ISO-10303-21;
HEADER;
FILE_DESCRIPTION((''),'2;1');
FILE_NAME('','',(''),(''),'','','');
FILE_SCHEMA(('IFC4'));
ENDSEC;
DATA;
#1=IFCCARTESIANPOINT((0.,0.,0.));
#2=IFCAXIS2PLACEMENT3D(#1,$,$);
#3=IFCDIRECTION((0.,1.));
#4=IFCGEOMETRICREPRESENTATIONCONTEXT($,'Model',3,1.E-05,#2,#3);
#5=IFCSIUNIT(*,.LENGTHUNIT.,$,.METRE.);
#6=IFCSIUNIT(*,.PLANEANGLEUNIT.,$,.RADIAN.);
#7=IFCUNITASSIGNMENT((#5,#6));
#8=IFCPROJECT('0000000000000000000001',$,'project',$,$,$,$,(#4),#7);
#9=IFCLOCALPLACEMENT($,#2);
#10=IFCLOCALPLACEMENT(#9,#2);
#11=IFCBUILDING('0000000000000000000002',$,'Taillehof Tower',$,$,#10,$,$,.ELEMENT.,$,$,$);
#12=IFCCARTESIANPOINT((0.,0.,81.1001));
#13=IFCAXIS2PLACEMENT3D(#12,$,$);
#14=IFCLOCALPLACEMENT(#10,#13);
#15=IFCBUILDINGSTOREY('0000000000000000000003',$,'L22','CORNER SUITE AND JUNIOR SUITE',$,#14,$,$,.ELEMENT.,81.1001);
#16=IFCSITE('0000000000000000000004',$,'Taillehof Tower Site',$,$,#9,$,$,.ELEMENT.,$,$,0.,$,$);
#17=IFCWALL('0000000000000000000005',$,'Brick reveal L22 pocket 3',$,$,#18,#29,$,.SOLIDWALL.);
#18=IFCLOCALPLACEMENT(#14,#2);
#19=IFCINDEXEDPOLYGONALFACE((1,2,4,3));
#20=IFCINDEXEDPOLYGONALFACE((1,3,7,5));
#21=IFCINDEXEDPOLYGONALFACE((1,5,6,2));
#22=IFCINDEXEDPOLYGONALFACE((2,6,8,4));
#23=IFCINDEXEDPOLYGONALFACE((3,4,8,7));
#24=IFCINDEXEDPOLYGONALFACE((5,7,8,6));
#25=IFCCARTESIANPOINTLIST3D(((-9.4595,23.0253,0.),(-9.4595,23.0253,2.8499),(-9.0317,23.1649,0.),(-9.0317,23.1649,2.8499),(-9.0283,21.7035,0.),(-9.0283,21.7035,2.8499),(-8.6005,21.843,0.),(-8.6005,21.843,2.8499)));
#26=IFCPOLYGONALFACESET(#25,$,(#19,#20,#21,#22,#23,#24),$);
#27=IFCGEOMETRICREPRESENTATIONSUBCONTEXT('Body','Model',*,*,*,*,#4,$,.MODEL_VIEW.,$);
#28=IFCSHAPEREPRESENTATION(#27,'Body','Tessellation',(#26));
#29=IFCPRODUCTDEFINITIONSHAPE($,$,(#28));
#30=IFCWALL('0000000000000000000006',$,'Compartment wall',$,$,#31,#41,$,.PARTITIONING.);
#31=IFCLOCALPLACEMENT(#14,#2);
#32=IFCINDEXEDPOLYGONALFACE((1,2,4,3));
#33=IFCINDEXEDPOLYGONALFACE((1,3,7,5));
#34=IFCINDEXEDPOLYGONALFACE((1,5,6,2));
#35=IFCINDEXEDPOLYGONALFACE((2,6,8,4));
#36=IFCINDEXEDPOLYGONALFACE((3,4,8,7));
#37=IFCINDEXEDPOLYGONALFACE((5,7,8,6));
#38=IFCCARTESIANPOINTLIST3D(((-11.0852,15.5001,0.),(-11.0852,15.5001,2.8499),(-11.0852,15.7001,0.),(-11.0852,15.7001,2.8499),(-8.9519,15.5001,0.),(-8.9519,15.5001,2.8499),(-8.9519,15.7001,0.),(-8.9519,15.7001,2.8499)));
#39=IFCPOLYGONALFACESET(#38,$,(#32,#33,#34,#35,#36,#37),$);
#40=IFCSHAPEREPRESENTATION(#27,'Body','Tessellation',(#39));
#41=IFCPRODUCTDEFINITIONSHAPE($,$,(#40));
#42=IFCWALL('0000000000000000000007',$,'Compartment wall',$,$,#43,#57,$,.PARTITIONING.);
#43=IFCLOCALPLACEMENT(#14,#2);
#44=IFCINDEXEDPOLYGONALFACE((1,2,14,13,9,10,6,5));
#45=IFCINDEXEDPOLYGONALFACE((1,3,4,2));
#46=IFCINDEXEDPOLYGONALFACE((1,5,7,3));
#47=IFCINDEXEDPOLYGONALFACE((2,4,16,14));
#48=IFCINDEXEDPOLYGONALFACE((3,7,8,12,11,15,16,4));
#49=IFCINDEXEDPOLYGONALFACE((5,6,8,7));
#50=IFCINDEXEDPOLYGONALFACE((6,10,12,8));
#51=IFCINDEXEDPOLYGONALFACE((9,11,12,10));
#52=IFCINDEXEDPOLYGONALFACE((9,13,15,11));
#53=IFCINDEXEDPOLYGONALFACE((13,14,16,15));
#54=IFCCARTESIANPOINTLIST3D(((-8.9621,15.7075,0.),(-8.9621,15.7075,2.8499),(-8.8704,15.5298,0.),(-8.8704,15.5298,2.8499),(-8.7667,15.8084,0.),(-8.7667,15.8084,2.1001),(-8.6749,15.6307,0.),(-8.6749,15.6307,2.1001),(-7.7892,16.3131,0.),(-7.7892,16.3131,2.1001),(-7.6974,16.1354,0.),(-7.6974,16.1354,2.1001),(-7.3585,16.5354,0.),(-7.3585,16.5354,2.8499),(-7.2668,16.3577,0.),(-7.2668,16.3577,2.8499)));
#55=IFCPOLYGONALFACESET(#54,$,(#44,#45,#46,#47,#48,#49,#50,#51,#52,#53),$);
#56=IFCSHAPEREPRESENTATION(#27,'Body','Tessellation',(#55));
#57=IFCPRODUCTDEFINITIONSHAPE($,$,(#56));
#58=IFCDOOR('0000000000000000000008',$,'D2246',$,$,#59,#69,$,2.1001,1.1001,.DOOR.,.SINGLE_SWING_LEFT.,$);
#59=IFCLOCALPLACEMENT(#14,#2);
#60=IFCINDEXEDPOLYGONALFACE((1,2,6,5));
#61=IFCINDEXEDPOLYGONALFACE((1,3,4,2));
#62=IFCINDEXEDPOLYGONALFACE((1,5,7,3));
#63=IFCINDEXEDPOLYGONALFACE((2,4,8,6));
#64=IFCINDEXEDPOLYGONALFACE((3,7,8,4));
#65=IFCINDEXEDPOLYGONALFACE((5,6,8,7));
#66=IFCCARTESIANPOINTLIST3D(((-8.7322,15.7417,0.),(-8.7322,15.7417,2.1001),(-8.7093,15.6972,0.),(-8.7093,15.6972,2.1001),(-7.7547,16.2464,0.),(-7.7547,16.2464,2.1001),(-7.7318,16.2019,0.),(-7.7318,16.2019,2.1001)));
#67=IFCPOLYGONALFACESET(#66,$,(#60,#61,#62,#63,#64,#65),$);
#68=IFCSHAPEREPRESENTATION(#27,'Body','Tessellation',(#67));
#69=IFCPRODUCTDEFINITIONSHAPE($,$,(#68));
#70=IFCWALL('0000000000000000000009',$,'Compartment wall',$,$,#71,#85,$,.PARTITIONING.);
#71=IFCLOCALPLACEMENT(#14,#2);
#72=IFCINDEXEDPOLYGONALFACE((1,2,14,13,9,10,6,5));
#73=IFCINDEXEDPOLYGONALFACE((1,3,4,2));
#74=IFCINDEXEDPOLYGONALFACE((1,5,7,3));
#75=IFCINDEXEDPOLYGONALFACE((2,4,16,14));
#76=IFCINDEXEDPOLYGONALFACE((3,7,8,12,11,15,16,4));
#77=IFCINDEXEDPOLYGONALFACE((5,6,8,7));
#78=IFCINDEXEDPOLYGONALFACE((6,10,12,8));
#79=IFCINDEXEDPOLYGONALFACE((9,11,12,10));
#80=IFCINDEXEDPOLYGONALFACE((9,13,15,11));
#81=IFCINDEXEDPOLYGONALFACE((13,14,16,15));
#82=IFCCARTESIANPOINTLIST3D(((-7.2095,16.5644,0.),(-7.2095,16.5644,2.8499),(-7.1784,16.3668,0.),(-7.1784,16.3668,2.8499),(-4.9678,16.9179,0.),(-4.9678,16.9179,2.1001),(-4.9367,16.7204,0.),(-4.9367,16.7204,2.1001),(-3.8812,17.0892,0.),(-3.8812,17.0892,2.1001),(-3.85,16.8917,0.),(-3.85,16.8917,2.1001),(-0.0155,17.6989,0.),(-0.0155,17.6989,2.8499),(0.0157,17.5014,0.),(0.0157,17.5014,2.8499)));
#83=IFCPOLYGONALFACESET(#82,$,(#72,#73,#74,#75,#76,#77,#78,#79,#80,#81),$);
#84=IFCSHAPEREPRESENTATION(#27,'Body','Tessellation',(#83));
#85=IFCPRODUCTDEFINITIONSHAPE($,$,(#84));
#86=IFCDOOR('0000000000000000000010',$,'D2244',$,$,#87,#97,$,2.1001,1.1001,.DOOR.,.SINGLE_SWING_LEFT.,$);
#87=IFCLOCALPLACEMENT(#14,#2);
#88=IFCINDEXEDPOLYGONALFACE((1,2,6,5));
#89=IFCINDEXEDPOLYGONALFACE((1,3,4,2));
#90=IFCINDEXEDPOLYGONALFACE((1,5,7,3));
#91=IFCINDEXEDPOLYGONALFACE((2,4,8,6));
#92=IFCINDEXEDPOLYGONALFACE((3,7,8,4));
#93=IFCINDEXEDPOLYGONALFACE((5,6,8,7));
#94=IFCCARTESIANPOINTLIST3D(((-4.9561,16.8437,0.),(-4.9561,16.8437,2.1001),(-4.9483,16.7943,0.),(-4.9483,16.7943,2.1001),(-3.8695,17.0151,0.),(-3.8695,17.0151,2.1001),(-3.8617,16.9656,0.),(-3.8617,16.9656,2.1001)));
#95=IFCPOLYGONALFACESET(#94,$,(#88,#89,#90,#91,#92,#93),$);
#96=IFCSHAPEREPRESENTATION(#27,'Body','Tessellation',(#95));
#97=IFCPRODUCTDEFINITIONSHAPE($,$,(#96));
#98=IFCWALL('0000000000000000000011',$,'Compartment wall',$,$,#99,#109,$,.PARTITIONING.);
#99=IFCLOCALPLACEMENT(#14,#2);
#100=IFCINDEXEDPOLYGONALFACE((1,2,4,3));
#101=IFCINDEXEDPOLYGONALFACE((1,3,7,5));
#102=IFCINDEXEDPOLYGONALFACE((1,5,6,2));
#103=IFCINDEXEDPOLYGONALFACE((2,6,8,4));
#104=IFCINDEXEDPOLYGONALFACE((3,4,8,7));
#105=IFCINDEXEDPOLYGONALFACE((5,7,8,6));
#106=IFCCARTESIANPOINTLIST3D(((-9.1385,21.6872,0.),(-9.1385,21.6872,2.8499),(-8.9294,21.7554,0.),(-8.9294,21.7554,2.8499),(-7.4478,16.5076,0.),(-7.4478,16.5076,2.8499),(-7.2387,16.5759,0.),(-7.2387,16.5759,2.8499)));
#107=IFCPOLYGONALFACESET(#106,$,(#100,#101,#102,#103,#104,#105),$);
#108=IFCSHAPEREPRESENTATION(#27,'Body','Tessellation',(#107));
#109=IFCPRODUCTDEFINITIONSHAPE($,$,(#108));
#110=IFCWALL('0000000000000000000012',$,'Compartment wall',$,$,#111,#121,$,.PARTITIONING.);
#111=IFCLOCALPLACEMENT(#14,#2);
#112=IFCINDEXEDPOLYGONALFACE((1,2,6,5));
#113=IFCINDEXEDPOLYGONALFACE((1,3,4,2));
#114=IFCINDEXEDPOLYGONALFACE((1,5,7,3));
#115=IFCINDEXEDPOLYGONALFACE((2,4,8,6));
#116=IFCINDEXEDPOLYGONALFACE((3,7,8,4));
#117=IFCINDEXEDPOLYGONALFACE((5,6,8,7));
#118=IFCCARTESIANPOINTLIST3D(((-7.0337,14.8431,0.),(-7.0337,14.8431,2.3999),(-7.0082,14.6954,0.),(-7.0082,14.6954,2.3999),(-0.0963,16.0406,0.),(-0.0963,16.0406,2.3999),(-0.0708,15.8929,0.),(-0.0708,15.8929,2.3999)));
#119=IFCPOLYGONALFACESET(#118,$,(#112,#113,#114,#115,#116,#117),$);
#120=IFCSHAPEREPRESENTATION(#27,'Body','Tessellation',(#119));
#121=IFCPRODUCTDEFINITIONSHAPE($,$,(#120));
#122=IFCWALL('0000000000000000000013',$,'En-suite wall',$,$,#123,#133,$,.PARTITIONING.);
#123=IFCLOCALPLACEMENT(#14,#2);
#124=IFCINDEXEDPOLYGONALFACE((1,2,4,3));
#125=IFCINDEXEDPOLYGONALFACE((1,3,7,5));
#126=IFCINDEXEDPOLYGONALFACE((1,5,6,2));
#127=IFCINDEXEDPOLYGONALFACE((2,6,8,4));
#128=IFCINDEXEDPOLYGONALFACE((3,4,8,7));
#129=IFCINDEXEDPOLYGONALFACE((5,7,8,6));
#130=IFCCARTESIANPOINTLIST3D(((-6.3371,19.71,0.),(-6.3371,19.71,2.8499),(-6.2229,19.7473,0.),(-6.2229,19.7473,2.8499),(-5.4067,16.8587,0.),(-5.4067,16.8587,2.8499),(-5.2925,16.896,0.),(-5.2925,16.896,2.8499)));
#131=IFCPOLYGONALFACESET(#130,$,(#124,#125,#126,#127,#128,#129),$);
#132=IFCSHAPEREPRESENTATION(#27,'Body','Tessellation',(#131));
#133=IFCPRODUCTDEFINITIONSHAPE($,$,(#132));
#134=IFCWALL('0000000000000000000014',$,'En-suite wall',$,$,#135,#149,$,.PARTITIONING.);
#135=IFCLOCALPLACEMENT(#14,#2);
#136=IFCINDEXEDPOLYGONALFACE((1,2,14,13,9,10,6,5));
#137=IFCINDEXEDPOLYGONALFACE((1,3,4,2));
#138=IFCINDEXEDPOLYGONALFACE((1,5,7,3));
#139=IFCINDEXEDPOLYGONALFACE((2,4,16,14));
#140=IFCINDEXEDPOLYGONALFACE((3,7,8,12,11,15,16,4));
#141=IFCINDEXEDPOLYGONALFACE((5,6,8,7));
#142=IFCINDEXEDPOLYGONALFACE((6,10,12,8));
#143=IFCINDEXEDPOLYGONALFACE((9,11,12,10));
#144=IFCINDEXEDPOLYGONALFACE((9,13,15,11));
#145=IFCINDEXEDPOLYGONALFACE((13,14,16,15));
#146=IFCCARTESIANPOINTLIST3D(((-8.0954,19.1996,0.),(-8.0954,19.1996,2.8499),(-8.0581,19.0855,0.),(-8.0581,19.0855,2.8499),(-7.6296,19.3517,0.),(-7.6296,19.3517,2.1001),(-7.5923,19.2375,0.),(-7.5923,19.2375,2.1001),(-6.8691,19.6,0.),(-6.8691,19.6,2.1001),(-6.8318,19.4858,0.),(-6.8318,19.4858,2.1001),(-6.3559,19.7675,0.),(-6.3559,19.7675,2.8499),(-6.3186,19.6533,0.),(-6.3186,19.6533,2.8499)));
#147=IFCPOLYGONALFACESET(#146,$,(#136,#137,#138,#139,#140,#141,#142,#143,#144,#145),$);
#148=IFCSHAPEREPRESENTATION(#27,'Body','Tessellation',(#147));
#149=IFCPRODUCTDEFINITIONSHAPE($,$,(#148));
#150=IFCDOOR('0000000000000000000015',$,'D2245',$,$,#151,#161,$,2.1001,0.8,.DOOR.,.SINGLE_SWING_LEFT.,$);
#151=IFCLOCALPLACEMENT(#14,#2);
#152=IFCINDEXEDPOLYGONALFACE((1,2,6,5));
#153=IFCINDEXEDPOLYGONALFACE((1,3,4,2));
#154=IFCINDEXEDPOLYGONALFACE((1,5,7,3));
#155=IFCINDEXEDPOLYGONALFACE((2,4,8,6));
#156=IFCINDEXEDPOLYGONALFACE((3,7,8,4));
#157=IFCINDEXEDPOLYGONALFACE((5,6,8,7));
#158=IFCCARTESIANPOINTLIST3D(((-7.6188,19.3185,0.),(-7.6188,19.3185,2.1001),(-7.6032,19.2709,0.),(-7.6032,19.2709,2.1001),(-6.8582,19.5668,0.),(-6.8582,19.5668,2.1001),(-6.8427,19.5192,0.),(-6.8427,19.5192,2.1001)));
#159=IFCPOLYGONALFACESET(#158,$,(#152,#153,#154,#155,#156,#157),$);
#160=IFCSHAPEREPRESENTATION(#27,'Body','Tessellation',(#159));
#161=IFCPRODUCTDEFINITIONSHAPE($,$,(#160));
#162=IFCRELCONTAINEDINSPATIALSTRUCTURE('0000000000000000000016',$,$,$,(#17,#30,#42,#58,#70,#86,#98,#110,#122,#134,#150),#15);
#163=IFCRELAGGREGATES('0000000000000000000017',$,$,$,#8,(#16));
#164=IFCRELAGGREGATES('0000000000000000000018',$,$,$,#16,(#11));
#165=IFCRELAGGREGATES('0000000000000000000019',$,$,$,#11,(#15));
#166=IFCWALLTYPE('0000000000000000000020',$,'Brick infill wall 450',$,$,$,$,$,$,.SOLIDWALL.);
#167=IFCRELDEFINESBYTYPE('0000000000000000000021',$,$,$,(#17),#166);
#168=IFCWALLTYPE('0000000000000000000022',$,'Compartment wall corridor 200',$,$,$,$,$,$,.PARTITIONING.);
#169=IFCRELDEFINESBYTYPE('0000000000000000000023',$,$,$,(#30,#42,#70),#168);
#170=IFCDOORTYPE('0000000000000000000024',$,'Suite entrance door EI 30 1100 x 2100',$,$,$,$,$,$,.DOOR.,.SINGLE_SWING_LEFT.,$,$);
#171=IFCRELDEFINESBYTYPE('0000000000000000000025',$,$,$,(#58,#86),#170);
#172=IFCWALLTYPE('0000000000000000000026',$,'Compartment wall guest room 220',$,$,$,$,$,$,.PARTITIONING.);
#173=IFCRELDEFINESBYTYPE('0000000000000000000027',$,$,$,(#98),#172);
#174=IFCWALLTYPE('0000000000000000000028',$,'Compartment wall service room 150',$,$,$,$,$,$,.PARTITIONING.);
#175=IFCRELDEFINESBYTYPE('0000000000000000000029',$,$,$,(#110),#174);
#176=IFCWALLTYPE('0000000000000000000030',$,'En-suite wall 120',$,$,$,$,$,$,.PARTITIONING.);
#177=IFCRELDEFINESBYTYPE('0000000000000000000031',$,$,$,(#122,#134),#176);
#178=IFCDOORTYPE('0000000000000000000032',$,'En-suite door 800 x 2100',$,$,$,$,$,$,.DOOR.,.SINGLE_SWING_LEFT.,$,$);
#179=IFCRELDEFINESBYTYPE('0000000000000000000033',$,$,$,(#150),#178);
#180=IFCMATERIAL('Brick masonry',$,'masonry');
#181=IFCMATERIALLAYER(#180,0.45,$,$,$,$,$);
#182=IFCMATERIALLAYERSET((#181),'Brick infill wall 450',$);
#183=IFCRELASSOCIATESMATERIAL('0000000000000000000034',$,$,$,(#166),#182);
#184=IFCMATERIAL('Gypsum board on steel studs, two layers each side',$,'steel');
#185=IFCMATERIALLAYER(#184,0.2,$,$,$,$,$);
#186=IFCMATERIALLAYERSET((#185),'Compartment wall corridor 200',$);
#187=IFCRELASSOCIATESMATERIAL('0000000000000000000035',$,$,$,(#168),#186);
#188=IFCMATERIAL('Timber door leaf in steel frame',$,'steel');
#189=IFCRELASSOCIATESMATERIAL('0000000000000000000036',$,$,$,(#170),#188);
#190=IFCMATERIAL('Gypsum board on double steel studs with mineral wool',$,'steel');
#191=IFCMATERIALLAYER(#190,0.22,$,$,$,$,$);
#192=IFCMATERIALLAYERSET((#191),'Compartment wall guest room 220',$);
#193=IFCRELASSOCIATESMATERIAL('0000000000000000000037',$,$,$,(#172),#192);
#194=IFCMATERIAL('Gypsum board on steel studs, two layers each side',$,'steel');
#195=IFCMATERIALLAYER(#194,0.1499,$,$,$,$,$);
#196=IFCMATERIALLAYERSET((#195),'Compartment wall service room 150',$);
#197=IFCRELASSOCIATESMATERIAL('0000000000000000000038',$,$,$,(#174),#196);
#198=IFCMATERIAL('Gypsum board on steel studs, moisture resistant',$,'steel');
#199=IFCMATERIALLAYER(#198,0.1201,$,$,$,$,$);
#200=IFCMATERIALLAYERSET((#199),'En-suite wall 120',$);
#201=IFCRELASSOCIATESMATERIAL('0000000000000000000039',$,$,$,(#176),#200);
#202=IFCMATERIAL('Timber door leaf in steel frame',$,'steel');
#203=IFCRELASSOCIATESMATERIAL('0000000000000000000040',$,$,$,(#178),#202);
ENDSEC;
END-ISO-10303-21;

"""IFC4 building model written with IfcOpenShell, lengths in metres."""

from ifc_helpers import new_model, si_unit, direction, frame, frame_2d, origin, place, context, subcontext, project, spatial, rectangle, extrude, material, layer, layer_set, type_object, element, fill, save


model = new_model("IFC4")

# Units and contexts
model_context = context("Model", 3, precision=1e-05, world=origin(), true_north=direction((0.0, 1.0)))
body_context = subcontext(model_context, "Body", "Model", "MODEL_VIEW")
ifc_project = project(units=[si_unit("LENGTHUNIT", "METRE"), si_unit("PLANEANGLEUNIT", "RADIAN")], contexts=[model_context])

# Site, building, storey
site_placement = place(None, origin())
site = spatial("IfcSite", under=ifc_project, at=site_placement, Name="Taillehof Tower Site", CompositionType="ELEMENT", RefElevation=0.0)
building_placement = place(site_placement, origin())
building = spatial("IfcBuilding", under=site, at=building_placement, Name="Taillehof Tower", CompositionType="ELEMENT")
storey_placement = place(building_placement, frame((0.0, 0.0, 81.1001)))
storey = spatial("IfcBuildingStorey", under=building, at=storey_placement, Name="L22", Description="CORNER SUITE AND JUNIOR SUITE", CompositionType="ELEMENT", Elevation=81.1001)

# Shared definitions
ifc_material_1 = material(Name="Brick masonry", Category="masonry")
ifc_layer_1 = layer(ifc_material_1, 0.45)
ifc_layer_set_1 = layer_set([ifc_layer_1], Name="Brick infill wall 450")
wall_type_1 = type_object("IfcWallType", Name="Brick infill wall 450", PredefinedType="SOLIDWALL", material=ifc_layer_set_1)

# Wall
wall_1_placement = place(storey_placement, frame((-9.2456, 23.0952, 0.0), z_axis=(0.0, 0.0, 1.0), x_axis=(0.31011, -0.950701, 0.0)))
element("IfcWall", 1, at=wall_1_placement, inside=storey, type_object=wall_type_1, Name="Brick reveal L22 pocket 3", PredefinedType="SOLIDWALL", context=body_context, shape_type="SweptSolid", body=[
    extrude(rectangle(XDim=1.3904, YDim=0.45, at=frame_2d((0.6953, 0.0))), origin(), (0.0, 0.0, 1.0), 2.8499),
])

# Wall
ifc_material_2 = material(Name="Gypsum board on steel studs, two layers each side", Category="steel")
ifc_layer_2 = layer(ifc_material_2, 0.2)
ifc_layer_set_2 = layer_set([ifc_layer_2], Name="Compartment wall corridor 200")
wall_type_2 = type_object("IfcWallType", Name="Compartment wall corridor 200", PredefinedType="PARTITIONING", material=ifc_layer_set_2)
wall_2_placement = place(storey_placement, frame((-11.0852, 15.6001, 0.0), z_axis=(0.0, 0.0, 1.0), x_axis=(1.0, 0.0, 0.0)))
element("IfcWall", 2, at=wall_2_placement, inside=storey, type_object=wall_type_2, Name="Compartment wall", PredefinedType="PARTITIONING", context=body_context, shape_type="SweptSolid", body=[
    extrude(rectangle(XDim=2.1333, YDim=0.2, at=frame_2d((1.0667, 0.0))), origin(), (0.0, 0.0, 1.0), 2.8499),
])

# Walls, openings, doors
wall_3_placement = place(storey_placement, frame((-8.9163, 15.6187, 0.0), z_axis=(0.0, 0.0, 1.0), x_axis=(0.888562, 0.458757, 0.0)))
wall_3 = element("IfcWall", 3, at=wall_3_placement, inside=storey, type_object=wall_type_2, Name="Compartment wall", PredefinedType="PARTITIONING", context=body_context, shape_type="SweptSolid", body=[
    extrude(rectangle(XDim=1.8047, YDim=0.2, at=frame_2d((0.9023, 0.0))), origin(), (0.0, 0.0, 1.0), 2.8499),
])
opening_1_placement = place(wall_3_placement, frame((0.22, 0.0, 0.0)))
opening_1 = element("IfcOpeningElement", 4, at=opening_1_placement, cuts=wall_3, PredefinedType="OPENING", context=body_context, shape_type="SweptSolid", body=[
    extrude(rectangle(XDim=1.1001, YDim=2.1001, at=frame_2d((0.55, 1.05))), frame((0.0, 0.1099, 0.0), z_axis=(0.0, -1.0, 0.0), x_axis=(1.0, 0.0, 0.0)), (0.0, 0.0, 1.0), 0.22),
])
ifc_material_3 = material(Name="Timber door leaf in steel frame", Category="steel")
door_type_1 = type_object("IfcDoorType", Name="Suite entrance door EI 30 1100 x 2100", OperationType="SINGLE_SWING_LEFT", PredefinedType="DOOR", material=ifc_material_3)
door_1_placement = place(opening_1_placement, origin())
door_1 = element("IfcDoor", 5, at=door_1_placement, inside=storey, type_object=door_type_1, Name="D2246", OperationType="SINGLE_SWING_LEFT", OverallHeight=2.1001, OverallWidth=1.1001, PredefinedType="DOOR", context=body_context, shape_type="SweptSolid", body=[
    extrude(rectangle(XDim=1.1001, YDim=2.1001, at=frame_2d((0.55, 1.05))), frame((0.0, 0.0249, 0.0), z_axis=(0.0, -1.0, 0.0), x_axis=(1.0, 0.0, 0.0)), (0.0, 0.0, 1.0), 0.05),
])
fill(opening_1, door_1)
wall_4_placement = place(storey_placement, frame((-7.1941, 16.4656, 0.0), z_axis=(0.0, 0.0, 1.0), x_axis=(0.987792, 0.155777, 0.0)))
wall_4 = element("IfcWall", 6, at=wall_4_placement, inside=storey, type_object=wall_type_2, Name="Compartment wall", PredefinedType="PARTITIONING", context=body_context, shape_type="SweptSolid", body=[
    extrude(rectangle(XDim=7.283, YDim=0.2, at=frame_2d((3.6416, 0.0))), origin(), (0.0, 0.0, 1.0), 2.8499),
])
opening_2_placement = place(wall_4_placement, frame((2.2695, 0.0, 0.0)))
opening_2 = element("IfcOpeningElement", 7, at=opening_2_placement, cuts=wall_4, PredefinedType="OPENING", context=body_context, shape_type="SweptSolid", body=[
    extrude(rectangle(XDim=1.1001, YDim=2.1001, at=frame_2d((0.55, 1.05))), frame((0.0, 0.1099, 0.0), z_axis=(0.0, -1.0, 0.0), x_axis=(1.0, 0.0, 0.0)), (0.0, 0.0, 1.0), 0.22),
])
door_2_placement = place(opening_2_placement, origin())
door_2 = element("IfcDoor", 8, at=door_2_placement, inside=storey, type_object=door_type_1, Name="D2244", OperationType="SINGLE_SWING_LEFT", OverallHeight=2.1001, OverallWidth=1.1001, PredefinedType="DOOR", context=body_context, shape_type="SweptSolid", body=[
    extrude(rectangle(XDim=1.1001, YDim=2.1001, at=frame_2d((0.55, 1.05))), frame((0.0, 0.0249, 0.0), z_axis=(0.0, -1.0, 0.0), x_axis=(1.0, 0.0, 0.0)), (0.0, 0.0, 1.0), 0.05),
])
fill(opening_2, door_2)

# Walls
ifc_material_4 = material(Name="Gypsum board on double steel studs with mineral wool", Category="steel")
ifc_layer_3 = layer(ifc_material_4, 0.22)
ifc_layer_set_3 = layer_set([ifc_layer_3], Name="Compartment wall guest room 220")
wall_type_3 = type_object("IfcWallType", Name="Compartment wall guest room 220", PredefinedType="PARTITIONING", material=ifc_layer_set_3)
wall_5_placement = place(storey_placement, frame((-9.0339, 21.7212, 0.0), z_axis=(0.0, 0.0, 1.0), x_axis=(0.310307, -0.950636, 0.0)))
element("IfcWall", 9, at=wall_5_placement, inside=storey, type_object=wall_type_3, Name="Compartment wall", PredefinedType="PARTITIONING", context=body_context, shape_type="SweptSolid", body=[
    extrude(rectangle(XDim=5.4485, YDim=0.22, at=frame_2d((2.7241, 0.0))), origin(), (0.0, 0.0, 1.0), 2.8499),
])
ifc_material_5 = material(Name="Gypsum board on steel studs, two layers each side", Category="steel")
ifc_layer_4 = layer(ifc_material_5, 0.1499)
ifc_layer_set_4 = layer_set([ifc_layer_4], Name="Compartment wall service room 150")
wall_type_4 = type_object("IfcWallType", Name="Compartment wall service room 150", PredefinedType="PARTITIONING", material=ifc_layer_set_4)
wall_6_placement = place(storey_placement, frame((-7.021, 14.7693, 0.0), z_axis=(0.0, 0.0, 1.0), x_axis=(0.985427, 0.170099, 0.0)))
element("IfcWall", 10, at=wall_6_placement, inside=storey, type_object=wall_type_4, Name="Compartment wall", PredefinedType="PARTITIONING", context=body_context, shape_type="SweptSolid", body=[
    extrude(rectangle(XDim=7.04, YDim=0.1499, at=frame_2d((3.52, 0.0))), origin(), (0.0, 0.0, 1.0), 2.3999),
])
ifc_material_6 = material(Name="Gypsum board on steel studs, moisture resistant", Category="steel")
ifc_layer_5 = layer(ifc_material_6, 0.1201)
ifc_layer_set_5 = layer_set([ifc_layer_5], Name="En-suite wall 120")
wall_type_5 = type_object("IfcWallType", Name="En-suite wall 120", PredefinedType="PARTITIONING", material=ifc_layer_set_5)
wall_7_placement = place(storey_placement, frame((-5.3496, 16.8774, 0.0), z_axis=(0.0, 0.0, 1.0), x_axis=(-0.310214, 0.950667, 0.0)))
element("IfcWall", 11, at=wall_7_placement, inside=storey, type_object=wall_type_5, Name="En-suite wall", PredefinedType="PARTITIONING", context=body_context, shape_type="SweptSolid", body=[
    extrude(rectangle(XDim=2.9993, YDim=0.1201, at=frame_2d((1.4995, 0.0))), origin(), (0.0, 0.0, 1.0), 2.8499),
])

# Wall, opening, door
wall_8_placement = place(storey_placement, frame((-6.3372, 19.7104, 0.0), z_axis=(0.0, 0.0, 1.0), x_axis=(-0.950626, -0.310338, 0.0)))
wall_8 = element("IfcWall", 12, at=wall_8_placement, inside=storey, type_object=wall_type_5, Name="En-suite wall", PredefinedType="PARTITIONING", context=body_context, shape_type="SweptSolid", body=[
    extrude(rectangle(XDim=1.8298, YDim=0.1201, at=frame_2d((0.915, 0.0))), origin(), (0.0, 0.0, 1.0), 2.8499),
])
opening_3_placement = place(wall_8_placement, frame((0.54, 0.0, 0.0)))
opening_3 = element("IfcOpeningElement", 13, at=opening_3_placement, cuts=wall_8, PredefinedType="OPENING", context=body_context, shape_type="SweptSolid", body=[
    extrude(rectangle(XDim=0.8, YDim=2.1001, at=frame_2d((0.3999, 1.05))), frame((0.0, 0.0701, 0.0), z_axis=(0.0, -1.0, 0.0), x_axis=(1.0, 0.0, 0.0)), (0.0, 0.0, 1.0), 0.1401),
])
ifc_material_7 = material(Name="Timber door leaf in steel frame", Category="steel")
door_type_2 = type_object("IfcDoorType", Name="En-suite door 800 x 2100", OperationType="SINGLE_SWING_LEFT", PredefinedType="DOOR", material=ifc_material_7)
door_3_placement = place(opening_3_placement, origin())
door_3 = element("IfcDoor", 14, at=door_3_placement, inside=storey, type_object=door_type_2, Name="D2245", OperationType="SINGLE_SWING_LEFT", OverallHeight=2.1001, OverallWidth=0.8, PredefinedType="DOOR", context=body_context, shape_type="SweptSolid", body=[
    extrude(rectangle(XDim=0.8, YDim=2.1001, at=frame_2d((0.3999, 1.05))), frame((0.0, 0.0249, 0.0), z_axis=(0.0, -1.0, 0.0), x_axis=(1.0, 0.0, 0.0)), (0.0, 0.0, 1.0), 0.05),
])
fill(opening_3, door_3)

save(model, "model.ifc")
